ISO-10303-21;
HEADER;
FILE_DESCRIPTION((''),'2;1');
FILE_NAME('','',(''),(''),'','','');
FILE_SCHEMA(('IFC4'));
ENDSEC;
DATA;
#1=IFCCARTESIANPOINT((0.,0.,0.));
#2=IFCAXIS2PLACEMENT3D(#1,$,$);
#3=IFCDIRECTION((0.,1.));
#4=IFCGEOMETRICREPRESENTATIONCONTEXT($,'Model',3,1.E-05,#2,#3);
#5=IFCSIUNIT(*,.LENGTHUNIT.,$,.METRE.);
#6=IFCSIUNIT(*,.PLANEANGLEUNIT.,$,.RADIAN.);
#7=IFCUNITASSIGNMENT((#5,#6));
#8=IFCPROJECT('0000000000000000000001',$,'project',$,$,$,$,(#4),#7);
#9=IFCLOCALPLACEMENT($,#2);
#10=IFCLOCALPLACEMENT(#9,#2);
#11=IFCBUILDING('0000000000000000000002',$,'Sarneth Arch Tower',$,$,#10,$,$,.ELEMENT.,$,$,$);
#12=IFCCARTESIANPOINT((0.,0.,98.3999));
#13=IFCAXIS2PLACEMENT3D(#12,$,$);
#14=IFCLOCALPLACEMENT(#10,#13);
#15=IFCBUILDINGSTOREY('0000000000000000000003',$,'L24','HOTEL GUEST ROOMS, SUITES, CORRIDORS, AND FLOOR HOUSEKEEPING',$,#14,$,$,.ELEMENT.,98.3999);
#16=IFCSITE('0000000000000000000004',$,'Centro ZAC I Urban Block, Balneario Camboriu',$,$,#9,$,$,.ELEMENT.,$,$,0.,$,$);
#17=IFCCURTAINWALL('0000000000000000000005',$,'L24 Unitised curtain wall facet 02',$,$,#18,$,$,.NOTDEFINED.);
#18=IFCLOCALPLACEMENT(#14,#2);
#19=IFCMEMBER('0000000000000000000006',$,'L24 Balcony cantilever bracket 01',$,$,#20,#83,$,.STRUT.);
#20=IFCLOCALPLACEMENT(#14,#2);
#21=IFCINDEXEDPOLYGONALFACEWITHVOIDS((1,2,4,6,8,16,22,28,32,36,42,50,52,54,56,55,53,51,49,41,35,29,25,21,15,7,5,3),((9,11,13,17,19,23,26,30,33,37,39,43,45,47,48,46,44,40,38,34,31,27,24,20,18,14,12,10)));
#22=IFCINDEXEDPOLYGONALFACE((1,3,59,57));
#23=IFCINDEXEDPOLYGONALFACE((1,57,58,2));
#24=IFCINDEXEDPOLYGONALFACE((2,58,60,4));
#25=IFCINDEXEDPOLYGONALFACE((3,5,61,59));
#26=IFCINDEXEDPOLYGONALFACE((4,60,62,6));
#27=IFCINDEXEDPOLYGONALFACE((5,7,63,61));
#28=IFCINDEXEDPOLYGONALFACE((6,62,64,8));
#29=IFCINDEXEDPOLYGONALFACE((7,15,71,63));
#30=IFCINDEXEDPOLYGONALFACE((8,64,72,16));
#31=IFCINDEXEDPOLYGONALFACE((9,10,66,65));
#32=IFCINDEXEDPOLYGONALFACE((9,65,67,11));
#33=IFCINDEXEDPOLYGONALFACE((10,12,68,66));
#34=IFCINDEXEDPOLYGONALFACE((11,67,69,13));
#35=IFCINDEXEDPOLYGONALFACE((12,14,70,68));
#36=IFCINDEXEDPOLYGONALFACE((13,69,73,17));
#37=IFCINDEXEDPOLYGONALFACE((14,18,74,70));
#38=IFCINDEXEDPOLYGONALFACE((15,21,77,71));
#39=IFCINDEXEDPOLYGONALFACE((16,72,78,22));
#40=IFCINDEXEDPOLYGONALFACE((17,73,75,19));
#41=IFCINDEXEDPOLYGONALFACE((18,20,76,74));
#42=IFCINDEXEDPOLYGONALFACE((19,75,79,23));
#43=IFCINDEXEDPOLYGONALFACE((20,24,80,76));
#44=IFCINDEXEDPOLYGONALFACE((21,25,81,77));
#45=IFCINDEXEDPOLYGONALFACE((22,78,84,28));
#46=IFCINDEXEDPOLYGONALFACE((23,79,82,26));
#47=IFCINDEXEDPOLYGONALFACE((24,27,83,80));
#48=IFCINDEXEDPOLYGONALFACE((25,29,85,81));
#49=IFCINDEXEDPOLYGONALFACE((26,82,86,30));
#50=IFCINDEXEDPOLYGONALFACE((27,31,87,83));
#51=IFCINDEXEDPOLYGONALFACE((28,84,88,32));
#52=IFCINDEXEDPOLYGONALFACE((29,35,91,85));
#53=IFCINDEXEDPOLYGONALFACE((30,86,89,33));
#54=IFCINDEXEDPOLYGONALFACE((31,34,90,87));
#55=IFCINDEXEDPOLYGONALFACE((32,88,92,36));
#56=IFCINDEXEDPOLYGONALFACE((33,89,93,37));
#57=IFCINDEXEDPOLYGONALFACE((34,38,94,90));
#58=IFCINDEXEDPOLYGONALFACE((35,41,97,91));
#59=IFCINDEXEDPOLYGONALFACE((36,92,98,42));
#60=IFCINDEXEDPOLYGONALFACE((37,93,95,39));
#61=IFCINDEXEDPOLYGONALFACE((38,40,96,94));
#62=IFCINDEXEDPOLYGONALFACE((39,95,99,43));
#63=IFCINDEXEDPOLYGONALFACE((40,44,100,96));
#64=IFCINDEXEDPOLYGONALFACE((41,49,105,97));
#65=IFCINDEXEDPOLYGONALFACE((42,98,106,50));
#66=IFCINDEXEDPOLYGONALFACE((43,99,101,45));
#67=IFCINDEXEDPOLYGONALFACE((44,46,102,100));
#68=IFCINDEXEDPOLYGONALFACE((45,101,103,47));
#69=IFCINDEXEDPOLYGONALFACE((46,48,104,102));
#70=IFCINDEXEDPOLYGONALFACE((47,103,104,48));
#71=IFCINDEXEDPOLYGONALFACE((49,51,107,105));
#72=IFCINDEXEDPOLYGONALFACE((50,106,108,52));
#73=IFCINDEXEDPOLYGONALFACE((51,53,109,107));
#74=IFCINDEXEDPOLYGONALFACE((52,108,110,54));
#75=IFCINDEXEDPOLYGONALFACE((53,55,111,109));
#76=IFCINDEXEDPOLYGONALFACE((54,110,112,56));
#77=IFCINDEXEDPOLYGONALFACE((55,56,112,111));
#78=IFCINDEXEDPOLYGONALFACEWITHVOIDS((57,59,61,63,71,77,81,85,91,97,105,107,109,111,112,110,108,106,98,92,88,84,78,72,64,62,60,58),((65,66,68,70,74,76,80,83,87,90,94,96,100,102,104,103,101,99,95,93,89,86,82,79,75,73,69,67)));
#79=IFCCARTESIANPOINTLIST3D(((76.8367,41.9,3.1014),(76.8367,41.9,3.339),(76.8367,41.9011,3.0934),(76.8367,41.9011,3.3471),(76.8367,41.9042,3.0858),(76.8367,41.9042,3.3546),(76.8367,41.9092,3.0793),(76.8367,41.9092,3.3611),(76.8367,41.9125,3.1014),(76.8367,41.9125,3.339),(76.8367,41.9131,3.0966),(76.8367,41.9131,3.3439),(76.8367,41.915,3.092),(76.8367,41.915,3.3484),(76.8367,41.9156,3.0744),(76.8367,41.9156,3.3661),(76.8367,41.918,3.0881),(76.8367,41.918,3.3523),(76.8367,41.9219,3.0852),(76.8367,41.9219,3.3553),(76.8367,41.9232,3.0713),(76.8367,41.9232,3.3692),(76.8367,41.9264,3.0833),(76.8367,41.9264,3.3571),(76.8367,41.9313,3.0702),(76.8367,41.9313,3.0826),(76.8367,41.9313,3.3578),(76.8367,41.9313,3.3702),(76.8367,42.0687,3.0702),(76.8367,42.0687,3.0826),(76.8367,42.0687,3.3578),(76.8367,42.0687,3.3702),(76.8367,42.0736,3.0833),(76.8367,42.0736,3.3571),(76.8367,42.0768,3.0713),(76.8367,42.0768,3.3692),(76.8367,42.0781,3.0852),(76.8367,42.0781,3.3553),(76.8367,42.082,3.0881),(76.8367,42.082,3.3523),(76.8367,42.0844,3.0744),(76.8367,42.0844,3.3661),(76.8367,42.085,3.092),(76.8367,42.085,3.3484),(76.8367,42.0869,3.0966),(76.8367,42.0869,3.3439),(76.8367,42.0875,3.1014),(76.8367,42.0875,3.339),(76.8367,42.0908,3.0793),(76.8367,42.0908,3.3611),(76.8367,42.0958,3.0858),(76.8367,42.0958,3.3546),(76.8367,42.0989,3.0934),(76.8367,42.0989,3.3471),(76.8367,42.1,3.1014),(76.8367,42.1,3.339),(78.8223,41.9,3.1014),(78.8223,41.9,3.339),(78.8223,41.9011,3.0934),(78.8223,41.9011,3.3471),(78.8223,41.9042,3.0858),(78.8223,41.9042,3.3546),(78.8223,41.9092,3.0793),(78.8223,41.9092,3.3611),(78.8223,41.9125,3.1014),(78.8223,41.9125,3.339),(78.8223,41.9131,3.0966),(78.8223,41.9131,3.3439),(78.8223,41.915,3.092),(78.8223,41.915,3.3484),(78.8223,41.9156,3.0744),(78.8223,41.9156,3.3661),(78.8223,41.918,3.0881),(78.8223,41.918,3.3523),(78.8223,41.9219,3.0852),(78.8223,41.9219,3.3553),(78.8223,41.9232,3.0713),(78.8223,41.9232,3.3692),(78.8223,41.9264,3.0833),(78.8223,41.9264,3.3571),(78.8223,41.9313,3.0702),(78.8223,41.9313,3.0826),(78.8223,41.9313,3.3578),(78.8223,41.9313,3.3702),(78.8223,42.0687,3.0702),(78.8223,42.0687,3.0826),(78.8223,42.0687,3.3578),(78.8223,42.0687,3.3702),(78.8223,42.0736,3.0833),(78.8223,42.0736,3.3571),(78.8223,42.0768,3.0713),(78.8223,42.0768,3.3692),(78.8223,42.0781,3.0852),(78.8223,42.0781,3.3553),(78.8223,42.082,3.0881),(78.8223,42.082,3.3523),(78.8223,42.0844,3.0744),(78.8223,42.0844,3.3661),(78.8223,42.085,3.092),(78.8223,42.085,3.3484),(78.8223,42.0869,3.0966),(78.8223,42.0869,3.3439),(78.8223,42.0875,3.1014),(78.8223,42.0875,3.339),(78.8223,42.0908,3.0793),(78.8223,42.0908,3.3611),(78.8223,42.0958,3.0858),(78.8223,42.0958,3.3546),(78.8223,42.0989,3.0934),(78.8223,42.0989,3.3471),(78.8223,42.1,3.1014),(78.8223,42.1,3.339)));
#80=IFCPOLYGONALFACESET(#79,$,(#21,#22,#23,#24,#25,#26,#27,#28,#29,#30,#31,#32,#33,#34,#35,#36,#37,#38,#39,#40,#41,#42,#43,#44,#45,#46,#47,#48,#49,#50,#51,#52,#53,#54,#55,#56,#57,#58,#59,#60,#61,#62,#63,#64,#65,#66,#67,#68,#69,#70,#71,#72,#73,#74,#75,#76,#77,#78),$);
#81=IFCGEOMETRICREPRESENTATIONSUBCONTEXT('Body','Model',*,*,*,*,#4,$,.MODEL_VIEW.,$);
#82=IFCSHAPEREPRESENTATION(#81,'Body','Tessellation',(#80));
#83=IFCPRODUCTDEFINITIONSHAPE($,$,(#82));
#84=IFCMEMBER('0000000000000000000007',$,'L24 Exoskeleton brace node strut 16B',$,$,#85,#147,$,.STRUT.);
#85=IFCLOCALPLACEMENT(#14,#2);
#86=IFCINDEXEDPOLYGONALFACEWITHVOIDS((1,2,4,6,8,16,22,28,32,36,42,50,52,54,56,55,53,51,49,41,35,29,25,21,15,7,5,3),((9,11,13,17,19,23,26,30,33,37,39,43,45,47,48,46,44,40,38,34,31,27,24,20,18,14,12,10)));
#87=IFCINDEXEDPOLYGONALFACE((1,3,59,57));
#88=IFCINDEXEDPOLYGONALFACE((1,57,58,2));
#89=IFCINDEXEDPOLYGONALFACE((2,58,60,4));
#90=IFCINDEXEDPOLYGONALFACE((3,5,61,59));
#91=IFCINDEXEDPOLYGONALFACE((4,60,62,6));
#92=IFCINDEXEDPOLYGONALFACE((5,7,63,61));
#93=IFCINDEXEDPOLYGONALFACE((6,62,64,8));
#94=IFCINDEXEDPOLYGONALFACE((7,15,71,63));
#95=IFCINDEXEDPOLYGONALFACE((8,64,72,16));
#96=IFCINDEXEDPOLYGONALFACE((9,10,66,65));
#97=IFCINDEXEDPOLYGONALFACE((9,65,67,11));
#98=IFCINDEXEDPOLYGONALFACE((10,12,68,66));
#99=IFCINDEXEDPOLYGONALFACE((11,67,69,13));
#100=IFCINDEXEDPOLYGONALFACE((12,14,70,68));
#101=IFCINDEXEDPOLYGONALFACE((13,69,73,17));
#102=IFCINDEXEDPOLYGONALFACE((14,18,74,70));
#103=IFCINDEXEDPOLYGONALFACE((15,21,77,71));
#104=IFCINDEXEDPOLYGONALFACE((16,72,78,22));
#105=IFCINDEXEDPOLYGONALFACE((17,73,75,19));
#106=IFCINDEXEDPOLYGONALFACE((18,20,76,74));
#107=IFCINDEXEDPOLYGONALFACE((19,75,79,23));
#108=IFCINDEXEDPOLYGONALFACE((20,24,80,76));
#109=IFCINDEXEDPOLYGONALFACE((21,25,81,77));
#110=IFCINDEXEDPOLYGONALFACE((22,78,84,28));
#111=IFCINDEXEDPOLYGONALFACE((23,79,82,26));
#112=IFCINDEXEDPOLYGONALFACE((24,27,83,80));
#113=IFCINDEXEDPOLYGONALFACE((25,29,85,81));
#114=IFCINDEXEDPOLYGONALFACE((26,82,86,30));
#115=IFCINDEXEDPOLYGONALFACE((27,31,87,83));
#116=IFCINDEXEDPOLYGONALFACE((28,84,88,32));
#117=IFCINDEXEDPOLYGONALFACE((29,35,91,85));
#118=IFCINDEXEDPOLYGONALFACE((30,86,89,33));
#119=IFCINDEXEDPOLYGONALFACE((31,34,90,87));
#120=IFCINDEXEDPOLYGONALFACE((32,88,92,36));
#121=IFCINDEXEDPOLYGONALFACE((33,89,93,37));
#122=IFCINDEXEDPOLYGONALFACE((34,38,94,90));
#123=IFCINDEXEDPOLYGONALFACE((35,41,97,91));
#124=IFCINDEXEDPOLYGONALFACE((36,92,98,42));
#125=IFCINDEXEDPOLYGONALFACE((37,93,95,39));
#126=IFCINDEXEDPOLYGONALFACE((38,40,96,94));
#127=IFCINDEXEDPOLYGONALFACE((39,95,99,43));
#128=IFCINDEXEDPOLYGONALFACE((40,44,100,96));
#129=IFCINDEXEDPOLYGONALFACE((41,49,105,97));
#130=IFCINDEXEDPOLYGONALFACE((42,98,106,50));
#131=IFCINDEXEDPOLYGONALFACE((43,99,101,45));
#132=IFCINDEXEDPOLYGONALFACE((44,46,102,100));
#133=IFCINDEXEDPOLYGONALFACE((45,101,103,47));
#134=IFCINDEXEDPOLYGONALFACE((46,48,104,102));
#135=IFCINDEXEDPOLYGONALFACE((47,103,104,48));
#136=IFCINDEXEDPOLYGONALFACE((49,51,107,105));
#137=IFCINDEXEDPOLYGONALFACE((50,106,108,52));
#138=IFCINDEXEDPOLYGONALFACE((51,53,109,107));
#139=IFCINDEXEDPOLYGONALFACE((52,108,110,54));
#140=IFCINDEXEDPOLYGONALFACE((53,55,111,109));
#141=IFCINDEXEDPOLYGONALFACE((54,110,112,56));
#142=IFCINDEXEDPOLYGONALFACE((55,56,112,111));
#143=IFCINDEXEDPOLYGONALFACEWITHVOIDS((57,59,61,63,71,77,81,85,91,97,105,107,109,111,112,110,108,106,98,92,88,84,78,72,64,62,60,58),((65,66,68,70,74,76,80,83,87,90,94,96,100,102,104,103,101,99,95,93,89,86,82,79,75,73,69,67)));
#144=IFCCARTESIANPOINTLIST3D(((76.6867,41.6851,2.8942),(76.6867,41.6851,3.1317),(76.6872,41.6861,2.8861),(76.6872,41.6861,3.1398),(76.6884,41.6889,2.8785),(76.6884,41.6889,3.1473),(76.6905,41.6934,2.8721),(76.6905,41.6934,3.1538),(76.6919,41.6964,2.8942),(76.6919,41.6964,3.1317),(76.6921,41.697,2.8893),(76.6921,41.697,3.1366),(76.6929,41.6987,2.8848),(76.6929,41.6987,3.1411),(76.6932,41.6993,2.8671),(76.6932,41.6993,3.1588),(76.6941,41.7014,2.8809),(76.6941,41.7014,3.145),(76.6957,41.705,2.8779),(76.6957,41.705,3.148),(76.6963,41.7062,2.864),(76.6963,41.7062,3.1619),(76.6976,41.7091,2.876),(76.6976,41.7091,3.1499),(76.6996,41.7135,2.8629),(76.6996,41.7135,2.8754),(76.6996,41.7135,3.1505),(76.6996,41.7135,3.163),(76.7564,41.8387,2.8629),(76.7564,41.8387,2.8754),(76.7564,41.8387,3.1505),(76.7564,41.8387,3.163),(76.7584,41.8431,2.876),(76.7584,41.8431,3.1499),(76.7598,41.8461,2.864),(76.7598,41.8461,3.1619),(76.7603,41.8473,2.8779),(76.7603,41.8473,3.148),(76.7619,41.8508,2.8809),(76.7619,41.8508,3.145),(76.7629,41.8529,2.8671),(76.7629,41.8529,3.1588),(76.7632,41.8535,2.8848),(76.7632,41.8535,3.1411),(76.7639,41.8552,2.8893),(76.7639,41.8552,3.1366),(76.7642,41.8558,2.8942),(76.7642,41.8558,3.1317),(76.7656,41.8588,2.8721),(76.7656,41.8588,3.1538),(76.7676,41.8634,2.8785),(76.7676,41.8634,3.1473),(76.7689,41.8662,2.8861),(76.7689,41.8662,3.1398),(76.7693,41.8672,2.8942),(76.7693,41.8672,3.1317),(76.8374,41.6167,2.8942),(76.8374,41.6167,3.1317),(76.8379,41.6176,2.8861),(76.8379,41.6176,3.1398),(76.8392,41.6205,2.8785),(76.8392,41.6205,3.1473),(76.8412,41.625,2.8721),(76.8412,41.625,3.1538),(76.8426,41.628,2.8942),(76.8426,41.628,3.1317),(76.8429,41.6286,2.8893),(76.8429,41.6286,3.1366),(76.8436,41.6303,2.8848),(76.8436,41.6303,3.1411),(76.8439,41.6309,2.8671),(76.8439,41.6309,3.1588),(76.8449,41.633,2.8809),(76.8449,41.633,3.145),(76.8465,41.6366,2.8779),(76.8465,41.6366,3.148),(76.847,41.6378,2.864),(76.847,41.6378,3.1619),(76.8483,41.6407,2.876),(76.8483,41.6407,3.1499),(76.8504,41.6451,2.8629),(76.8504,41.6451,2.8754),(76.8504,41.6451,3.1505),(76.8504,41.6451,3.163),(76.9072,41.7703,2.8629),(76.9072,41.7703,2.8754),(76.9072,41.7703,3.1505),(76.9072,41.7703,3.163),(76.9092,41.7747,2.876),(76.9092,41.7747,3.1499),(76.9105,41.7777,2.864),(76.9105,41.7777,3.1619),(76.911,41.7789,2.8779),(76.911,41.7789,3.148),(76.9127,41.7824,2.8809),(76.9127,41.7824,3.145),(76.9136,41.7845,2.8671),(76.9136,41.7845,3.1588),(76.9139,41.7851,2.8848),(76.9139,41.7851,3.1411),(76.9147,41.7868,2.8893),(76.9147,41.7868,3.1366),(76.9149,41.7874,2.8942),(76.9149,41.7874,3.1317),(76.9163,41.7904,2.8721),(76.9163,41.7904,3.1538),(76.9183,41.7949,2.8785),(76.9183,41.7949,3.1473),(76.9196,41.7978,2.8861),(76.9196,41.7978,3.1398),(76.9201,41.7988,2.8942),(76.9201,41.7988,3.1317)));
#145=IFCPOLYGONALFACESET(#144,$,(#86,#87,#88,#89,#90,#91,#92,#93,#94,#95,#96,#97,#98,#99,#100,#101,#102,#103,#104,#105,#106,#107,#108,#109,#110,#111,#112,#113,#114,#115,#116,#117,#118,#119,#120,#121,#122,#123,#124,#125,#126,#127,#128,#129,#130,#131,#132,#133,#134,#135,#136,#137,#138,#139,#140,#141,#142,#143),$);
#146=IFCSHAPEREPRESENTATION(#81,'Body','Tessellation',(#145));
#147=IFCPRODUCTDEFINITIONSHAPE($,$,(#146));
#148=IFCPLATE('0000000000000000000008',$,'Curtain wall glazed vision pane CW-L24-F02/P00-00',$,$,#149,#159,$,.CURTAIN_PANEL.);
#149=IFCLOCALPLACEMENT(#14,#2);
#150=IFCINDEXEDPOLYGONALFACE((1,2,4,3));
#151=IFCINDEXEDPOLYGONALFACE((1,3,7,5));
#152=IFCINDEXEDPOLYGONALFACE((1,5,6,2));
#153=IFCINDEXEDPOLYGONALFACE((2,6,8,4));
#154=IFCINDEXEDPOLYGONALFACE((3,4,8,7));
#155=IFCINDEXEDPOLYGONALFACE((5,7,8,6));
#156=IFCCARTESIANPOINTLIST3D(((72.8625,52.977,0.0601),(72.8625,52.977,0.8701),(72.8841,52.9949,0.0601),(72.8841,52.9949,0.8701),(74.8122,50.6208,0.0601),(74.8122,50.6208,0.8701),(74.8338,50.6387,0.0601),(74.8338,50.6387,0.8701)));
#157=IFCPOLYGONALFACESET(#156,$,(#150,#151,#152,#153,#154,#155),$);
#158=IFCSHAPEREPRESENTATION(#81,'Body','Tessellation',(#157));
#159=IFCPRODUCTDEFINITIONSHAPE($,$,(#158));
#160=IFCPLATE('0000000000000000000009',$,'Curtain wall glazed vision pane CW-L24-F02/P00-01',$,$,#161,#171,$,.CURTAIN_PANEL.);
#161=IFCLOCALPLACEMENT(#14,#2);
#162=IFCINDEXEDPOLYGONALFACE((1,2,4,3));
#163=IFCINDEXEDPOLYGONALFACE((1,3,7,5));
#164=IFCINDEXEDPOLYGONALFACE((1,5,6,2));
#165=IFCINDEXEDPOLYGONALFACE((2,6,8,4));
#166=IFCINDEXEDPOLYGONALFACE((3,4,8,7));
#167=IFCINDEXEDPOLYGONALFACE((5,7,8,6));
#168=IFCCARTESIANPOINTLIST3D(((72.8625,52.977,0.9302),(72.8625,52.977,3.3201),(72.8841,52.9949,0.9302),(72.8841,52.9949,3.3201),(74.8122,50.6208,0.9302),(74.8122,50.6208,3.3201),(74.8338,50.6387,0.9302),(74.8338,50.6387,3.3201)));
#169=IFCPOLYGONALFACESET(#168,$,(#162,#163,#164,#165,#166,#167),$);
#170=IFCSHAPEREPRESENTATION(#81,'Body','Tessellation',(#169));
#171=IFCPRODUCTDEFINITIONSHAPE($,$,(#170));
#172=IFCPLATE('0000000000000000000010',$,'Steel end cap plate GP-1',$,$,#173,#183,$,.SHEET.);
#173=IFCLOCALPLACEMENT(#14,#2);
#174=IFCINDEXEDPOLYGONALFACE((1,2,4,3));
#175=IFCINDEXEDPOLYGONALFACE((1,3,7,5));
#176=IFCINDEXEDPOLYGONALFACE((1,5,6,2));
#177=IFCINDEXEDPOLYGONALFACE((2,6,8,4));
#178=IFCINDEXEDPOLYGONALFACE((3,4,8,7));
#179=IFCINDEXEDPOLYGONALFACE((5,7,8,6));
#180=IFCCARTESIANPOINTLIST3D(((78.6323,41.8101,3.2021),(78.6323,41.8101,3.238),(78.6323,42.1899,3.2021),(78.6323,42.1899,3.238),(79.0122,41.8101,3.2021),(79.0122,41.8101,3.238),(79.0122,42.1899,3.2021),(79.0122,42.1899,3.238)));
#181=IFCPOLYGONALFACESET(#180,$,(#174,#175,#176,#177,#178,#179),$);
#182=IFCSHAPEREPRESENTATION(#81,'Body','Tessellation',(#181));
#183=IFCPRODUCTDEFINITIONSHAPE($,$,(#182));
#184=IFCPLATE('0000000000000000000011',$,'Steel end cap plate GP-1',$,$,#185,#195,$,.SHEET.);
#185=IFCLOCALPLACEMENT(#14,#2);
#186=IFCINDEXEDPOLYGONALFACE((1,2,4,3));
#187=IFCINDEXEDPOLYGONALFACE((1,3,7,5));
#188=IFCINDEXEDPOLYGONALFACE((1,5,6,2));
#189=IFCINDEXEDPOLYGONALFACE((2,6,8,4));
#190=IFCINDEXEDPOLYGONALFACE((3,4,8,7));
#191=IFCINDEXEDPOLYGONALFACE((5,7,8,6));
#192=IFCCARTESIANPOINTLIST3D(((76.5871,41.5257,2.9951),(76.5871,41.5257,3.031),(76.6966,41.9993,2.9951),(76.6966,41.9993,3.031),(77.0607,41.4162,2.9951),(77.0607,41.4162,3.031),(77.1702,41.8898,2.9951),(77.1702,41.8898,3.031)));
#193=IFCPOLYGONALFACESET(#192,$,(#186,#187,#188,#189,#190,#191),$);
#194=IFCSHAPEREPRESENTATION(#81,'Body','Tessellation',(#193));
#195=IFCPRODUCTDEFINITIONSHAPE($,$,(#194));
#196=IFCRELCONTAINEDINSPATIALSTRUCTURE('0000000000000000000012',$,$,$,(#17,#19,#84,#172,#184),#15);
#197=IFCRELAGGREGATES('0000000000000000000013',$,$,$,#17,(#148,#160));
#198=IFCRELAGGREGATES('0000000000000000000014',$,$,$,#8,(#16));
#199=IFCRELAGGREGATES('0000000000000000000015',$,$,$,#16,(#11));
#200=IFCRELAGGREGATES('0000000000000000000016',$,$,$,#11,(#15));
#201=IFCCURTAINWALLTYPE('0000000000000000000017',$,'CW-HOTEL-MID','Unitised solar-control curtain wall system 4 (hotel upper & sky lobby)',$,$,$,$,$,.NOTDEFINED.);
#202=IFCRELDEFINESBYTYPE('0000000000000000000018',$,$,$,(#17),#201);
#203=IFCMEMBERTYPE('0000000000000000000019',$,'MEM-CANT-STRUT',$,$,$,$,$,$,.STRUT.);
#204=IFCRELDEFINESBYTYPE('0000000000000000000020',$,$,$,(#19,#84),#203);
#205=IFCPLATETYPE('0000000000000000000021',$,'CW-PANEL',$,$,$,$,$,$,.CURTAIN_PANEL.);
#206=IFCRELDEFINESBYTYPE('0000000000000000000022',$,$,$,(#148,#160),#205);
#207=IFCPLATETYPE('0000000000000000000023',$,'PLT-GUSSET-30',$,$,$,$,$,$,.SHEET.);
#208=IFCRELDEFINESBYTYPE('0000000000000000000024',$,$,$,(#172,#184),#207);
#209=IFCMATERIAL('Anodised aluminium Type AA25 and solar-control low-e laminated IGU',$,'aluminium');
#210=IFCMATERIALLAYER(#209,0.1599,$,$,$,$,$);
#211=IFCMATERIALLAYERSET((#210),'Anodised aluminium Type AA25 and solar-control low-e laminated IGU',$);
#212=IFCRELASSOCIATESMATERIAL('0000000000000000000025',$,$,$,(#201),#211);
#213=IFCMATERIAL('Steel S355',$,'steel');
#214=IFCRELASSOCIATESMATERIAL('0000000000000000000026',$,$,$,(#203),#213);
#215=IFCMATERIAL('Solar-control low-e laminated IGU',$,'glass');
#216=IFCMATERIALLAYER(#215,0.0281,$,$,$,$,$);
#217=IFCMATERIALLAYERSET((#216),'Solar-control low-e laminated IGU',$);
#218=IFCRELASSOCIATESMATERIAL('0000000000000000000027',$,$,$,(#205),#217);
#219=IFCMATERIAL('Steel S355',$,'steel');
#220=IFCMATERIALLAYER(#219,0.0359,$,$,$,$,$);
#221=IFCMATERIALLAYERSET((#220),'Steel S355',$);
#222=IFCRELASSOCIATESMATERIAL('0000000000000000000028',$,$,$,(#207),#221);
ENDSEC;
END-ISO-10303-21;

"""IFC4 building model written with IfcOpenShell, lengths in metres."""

from ifc_helpers import new_model, si_unit, direction, frame, origin, origin_2d, place, context, subcontext, project, spatial, rectangle, hollow_rectangle, extrude, material, layer, layer_set, material_profile, profile_set, type_object, element, aggregate, save


model = new_model("IFC4")

# Units and contexts
model_context = context("Model", 3, precision=1e-05, world=origin(), true_north=direction((0.0, 1.0)))
body_context = subcontext(model_context, "Body", "Model", "MODEL_VIEW")
ifc_project = project(units=[si_unit("LENGTHUNIT", "METRE"), si_unit("PLANEANGLEUNIT", "RADIAN")], contexts=[model_context])

# Site, building, storey
site_placement = place(None, origin())
site = spatial("IfcSite", under=ifc_project, at=site_placement, Name="Centro ZAC I Urban Block, Balneario Camboriu", CompositionType="ELEMENT", RefElevation=0.0)
building_placement = place(site_placement, origin())
building = spatial("IfcBuilding", under=site, at=building_placement, Name="Sarneth Arch Tower", CompositionType="ELEMENT")
storey_placement = place(building_placement, frame((0.0, 0.0, 98.3999)))
storey = spatial("IfcBuildingStorey", under=building, at=storey_placement, Name="L24", Description="HOTEL GUEST ROOMS, SUITES, CORRIDORS, AND FLOOR HOUSEKEEPING", CompositionType="ELEMENT", Elevation=98.3999)

# Curtain wall
ifc_material_1 = material(Name="Anodised aluminium Type AA25 and solar-control low-e laminated IGU", Category="aluminium")
ifc_layer_1 = layer(ifc_material_1, 0.1599)
ifc_layer_set_1 = layer_set([ifc_layer_1], Name="Anodised aluminium Type AA25 and solar-control low-e laminated IGU")
curtain_wall_type = type_object("IfcCurtainWallType", Name="CW-HOTEL-MID", Description="Unitised solar-control curtain wall system 4 (hotel upper & sky lobby)", PredefinedType="NOTDEFINED", material=ifc_layer_set_1)
curtain_wall_placement = place(storey_placement, origin())
curtain_wall = element("IfcCurtainWall", 1, at=curtain_wall_placement, inside=storey, type_object=curtain_wall_type, Name="L24 Unitised curtain wall facet 02", PredefinedType="NOTDEFINED")

# Members
ifc_material_2 = material(Name="Steel S355", Category="steel")
ifc_material_profile_1 = material_profile(ifc_material_2, hollow_rectangle(XDim=0.2, YDim=0.3, WallThickness=0.0125, InnerFilletRadius=0.0188, OuterFilletRadius=0.0312, at=origin_2d()), Name="RHS300x200x12.5")
ifc_profile_set_1 = profile_set([ifc_material_profile_1], Name="Steel S355")
member_type_1 = type_object("IfcMemberType", Name="MEM-CANT-STRUT", PredefinedType="STRUT", material=ifc_profile_set_1)
member_1_placement = place(storey_placement, frame((76.8367, 42.0, 3.2202), z_axis=(1.0, 0.0, 0.0), x_axis=(0.0, 1.0, 0.0)))
element("IfcMember", 2, at=member_1_placement, inside=storey, type_object=member_type_1, Name="L24 Balcony cantilever bracket 01", PredefinedType="STRUT", context=body_context, shape_type="SweptSolid", body=[
    extrude(hollow_rectangle(XDim=0.2, YDim=0.3, WallThickness=0.0125, InnerFilletRadius=0.0188, OuterFilletRadius=0.0312, at=origin_2d()), origin(), (0.0, 0.0, 1.0), 1.9856),
])
member_2_placement = place(storey_placement, frame((76.728, 41.7761, 3.0129), z_axis=(0.910619, -0.413247, 0.0), x_axis=(0.413247, 0.910619, 0.0)))
element("IfcMember", 3, at=member_2_placement, inside=storey, type_object=member_type_1, Name="L24 Exoskeleton brace node strut 16B", PredefinedType="STRUT", context=body_context, shape_type="SweptSolid", body=[
    extrude(hollow_rectangle(XDim=0.2, YDim=0.3, WallThickness=0.0125, InnerFilletRadius=0.0188, OuterFilletRadius=0.0312, at=origin_2d()), origin(), (0.0, 0.0, 1.0), 0.1655),
])

# Plates
ifc_material_3 = material(Name="Solar-control low-e laminated IGU", Category="glass")
ifc_layer_2 = layer(ifc_material_3, 0.0281)
ifc_layer_set_2 = layer_set([ifc_layer_2], Name="Solar-control low-e laminated IGU")
plate_type_1 = type_object("IfcPlateType", Name="CW-PANEL", PredefinedType="CURTAIN_PANEL", material=ifc_layer_set_2)
plate_1_placement = place(storey_placement, frame((73.8481, 51.8079, 0.0601), z_axis=(0.0, 0.0, 1.0), x_axis=(-0.637515, 0.770438, 0.0)))
plate_1 = element("IfcPlate", 4, at=plate_1_placement, type_object=plate_type_1, Name="Curtain wall glazed vision pane CW-L24-F02/P00-00", PredefinedType="CURTAIN_PANEL", context=body_context, shape_type="SweptSolid", body=[
    extrude(rectangle(XDim=3.0583, YDim=0.0281, at=origin_2d()), origin(), (0.0, 0.0, 1.0), 0.8101),
])
plate_2_placement = place(storey_placement, frame((73.8481, 51.8079, 0.9302), z_axis=(0.0, 0.0, 1.0), x_axis=(-0.637515, 0.770438, 0.0)))
plate_2 = element("IfcPlate", 5, at=plate_2_placement, type_object=plate_type_1, Name="Curtain wall glazed vision pane CW-L24-F02/P00-01", PredefinedType="CURTAIN_PANEL", context=body_context, shape_type="SweptSolid", body=[
    extrude(rectangle(XDim=3.0583, YDim=0.0281, at=origin_2d()), origin(), (0.0, 0.0, 1.0), 2.3899),
])
aggregate(curtain_wall, [plate_1, plate_2])

# Plates
ifc_material_4 = material(Name="Steel S355", Category="steel")
ifc_layer_3 = layer(ifc_material_4, 0.0359)
ifc_layer_set_3 = layer_set([ifc_layer_3], Name="Steel S355")
plate_type_2 = type_object("IfcPlateType", Name="PLT-GUSSET-30", PredefinedType="SHEET", material=ifc_layer_set_3)
plate_3_placement = place(storey_placement, frame((78.8223, 42.0, 3.2021), z_axis=(0.0, 0.0, 1.0), x_axis=(1.0, 0.0, 0.0)))
element("IfcPlate", 6, at=plate_3_placement, inside=storey, type_object=plate_type_2, Name="Steel end cap plate GP-1", PredefinedType="SHEET", context=body_context, shape_type="SweptSolid", body=[
    extrude(rectangle(XDim=0.3799, YDim=0.3799, at=origin_2d()), origin(), (0.0, 0.0, 1.0), 0.0359),
])
plate_4_placement = place(storey_placement, frame((76.8787, 41.7078, 2.9951), z_axis=(0.0, 0.0, 1.0), x_axis=(0.225291, 0.974291, 0.0)))
element("IfcPlate", 7, at=plate_4_placement, inside=storey, type_object=plate_type_2, Name="Steel end cap plate GP-1", PredefinedType="SHEET", context=body_context, shape_type="SweptSolid", body=[
    extrude(rectangle(XDim=0.4861, YDim=0.4861, at=origin_2d()), origin(), (0.0, 0.0, 1.0), 0.0359),
])

save(model, "model.ifc")
